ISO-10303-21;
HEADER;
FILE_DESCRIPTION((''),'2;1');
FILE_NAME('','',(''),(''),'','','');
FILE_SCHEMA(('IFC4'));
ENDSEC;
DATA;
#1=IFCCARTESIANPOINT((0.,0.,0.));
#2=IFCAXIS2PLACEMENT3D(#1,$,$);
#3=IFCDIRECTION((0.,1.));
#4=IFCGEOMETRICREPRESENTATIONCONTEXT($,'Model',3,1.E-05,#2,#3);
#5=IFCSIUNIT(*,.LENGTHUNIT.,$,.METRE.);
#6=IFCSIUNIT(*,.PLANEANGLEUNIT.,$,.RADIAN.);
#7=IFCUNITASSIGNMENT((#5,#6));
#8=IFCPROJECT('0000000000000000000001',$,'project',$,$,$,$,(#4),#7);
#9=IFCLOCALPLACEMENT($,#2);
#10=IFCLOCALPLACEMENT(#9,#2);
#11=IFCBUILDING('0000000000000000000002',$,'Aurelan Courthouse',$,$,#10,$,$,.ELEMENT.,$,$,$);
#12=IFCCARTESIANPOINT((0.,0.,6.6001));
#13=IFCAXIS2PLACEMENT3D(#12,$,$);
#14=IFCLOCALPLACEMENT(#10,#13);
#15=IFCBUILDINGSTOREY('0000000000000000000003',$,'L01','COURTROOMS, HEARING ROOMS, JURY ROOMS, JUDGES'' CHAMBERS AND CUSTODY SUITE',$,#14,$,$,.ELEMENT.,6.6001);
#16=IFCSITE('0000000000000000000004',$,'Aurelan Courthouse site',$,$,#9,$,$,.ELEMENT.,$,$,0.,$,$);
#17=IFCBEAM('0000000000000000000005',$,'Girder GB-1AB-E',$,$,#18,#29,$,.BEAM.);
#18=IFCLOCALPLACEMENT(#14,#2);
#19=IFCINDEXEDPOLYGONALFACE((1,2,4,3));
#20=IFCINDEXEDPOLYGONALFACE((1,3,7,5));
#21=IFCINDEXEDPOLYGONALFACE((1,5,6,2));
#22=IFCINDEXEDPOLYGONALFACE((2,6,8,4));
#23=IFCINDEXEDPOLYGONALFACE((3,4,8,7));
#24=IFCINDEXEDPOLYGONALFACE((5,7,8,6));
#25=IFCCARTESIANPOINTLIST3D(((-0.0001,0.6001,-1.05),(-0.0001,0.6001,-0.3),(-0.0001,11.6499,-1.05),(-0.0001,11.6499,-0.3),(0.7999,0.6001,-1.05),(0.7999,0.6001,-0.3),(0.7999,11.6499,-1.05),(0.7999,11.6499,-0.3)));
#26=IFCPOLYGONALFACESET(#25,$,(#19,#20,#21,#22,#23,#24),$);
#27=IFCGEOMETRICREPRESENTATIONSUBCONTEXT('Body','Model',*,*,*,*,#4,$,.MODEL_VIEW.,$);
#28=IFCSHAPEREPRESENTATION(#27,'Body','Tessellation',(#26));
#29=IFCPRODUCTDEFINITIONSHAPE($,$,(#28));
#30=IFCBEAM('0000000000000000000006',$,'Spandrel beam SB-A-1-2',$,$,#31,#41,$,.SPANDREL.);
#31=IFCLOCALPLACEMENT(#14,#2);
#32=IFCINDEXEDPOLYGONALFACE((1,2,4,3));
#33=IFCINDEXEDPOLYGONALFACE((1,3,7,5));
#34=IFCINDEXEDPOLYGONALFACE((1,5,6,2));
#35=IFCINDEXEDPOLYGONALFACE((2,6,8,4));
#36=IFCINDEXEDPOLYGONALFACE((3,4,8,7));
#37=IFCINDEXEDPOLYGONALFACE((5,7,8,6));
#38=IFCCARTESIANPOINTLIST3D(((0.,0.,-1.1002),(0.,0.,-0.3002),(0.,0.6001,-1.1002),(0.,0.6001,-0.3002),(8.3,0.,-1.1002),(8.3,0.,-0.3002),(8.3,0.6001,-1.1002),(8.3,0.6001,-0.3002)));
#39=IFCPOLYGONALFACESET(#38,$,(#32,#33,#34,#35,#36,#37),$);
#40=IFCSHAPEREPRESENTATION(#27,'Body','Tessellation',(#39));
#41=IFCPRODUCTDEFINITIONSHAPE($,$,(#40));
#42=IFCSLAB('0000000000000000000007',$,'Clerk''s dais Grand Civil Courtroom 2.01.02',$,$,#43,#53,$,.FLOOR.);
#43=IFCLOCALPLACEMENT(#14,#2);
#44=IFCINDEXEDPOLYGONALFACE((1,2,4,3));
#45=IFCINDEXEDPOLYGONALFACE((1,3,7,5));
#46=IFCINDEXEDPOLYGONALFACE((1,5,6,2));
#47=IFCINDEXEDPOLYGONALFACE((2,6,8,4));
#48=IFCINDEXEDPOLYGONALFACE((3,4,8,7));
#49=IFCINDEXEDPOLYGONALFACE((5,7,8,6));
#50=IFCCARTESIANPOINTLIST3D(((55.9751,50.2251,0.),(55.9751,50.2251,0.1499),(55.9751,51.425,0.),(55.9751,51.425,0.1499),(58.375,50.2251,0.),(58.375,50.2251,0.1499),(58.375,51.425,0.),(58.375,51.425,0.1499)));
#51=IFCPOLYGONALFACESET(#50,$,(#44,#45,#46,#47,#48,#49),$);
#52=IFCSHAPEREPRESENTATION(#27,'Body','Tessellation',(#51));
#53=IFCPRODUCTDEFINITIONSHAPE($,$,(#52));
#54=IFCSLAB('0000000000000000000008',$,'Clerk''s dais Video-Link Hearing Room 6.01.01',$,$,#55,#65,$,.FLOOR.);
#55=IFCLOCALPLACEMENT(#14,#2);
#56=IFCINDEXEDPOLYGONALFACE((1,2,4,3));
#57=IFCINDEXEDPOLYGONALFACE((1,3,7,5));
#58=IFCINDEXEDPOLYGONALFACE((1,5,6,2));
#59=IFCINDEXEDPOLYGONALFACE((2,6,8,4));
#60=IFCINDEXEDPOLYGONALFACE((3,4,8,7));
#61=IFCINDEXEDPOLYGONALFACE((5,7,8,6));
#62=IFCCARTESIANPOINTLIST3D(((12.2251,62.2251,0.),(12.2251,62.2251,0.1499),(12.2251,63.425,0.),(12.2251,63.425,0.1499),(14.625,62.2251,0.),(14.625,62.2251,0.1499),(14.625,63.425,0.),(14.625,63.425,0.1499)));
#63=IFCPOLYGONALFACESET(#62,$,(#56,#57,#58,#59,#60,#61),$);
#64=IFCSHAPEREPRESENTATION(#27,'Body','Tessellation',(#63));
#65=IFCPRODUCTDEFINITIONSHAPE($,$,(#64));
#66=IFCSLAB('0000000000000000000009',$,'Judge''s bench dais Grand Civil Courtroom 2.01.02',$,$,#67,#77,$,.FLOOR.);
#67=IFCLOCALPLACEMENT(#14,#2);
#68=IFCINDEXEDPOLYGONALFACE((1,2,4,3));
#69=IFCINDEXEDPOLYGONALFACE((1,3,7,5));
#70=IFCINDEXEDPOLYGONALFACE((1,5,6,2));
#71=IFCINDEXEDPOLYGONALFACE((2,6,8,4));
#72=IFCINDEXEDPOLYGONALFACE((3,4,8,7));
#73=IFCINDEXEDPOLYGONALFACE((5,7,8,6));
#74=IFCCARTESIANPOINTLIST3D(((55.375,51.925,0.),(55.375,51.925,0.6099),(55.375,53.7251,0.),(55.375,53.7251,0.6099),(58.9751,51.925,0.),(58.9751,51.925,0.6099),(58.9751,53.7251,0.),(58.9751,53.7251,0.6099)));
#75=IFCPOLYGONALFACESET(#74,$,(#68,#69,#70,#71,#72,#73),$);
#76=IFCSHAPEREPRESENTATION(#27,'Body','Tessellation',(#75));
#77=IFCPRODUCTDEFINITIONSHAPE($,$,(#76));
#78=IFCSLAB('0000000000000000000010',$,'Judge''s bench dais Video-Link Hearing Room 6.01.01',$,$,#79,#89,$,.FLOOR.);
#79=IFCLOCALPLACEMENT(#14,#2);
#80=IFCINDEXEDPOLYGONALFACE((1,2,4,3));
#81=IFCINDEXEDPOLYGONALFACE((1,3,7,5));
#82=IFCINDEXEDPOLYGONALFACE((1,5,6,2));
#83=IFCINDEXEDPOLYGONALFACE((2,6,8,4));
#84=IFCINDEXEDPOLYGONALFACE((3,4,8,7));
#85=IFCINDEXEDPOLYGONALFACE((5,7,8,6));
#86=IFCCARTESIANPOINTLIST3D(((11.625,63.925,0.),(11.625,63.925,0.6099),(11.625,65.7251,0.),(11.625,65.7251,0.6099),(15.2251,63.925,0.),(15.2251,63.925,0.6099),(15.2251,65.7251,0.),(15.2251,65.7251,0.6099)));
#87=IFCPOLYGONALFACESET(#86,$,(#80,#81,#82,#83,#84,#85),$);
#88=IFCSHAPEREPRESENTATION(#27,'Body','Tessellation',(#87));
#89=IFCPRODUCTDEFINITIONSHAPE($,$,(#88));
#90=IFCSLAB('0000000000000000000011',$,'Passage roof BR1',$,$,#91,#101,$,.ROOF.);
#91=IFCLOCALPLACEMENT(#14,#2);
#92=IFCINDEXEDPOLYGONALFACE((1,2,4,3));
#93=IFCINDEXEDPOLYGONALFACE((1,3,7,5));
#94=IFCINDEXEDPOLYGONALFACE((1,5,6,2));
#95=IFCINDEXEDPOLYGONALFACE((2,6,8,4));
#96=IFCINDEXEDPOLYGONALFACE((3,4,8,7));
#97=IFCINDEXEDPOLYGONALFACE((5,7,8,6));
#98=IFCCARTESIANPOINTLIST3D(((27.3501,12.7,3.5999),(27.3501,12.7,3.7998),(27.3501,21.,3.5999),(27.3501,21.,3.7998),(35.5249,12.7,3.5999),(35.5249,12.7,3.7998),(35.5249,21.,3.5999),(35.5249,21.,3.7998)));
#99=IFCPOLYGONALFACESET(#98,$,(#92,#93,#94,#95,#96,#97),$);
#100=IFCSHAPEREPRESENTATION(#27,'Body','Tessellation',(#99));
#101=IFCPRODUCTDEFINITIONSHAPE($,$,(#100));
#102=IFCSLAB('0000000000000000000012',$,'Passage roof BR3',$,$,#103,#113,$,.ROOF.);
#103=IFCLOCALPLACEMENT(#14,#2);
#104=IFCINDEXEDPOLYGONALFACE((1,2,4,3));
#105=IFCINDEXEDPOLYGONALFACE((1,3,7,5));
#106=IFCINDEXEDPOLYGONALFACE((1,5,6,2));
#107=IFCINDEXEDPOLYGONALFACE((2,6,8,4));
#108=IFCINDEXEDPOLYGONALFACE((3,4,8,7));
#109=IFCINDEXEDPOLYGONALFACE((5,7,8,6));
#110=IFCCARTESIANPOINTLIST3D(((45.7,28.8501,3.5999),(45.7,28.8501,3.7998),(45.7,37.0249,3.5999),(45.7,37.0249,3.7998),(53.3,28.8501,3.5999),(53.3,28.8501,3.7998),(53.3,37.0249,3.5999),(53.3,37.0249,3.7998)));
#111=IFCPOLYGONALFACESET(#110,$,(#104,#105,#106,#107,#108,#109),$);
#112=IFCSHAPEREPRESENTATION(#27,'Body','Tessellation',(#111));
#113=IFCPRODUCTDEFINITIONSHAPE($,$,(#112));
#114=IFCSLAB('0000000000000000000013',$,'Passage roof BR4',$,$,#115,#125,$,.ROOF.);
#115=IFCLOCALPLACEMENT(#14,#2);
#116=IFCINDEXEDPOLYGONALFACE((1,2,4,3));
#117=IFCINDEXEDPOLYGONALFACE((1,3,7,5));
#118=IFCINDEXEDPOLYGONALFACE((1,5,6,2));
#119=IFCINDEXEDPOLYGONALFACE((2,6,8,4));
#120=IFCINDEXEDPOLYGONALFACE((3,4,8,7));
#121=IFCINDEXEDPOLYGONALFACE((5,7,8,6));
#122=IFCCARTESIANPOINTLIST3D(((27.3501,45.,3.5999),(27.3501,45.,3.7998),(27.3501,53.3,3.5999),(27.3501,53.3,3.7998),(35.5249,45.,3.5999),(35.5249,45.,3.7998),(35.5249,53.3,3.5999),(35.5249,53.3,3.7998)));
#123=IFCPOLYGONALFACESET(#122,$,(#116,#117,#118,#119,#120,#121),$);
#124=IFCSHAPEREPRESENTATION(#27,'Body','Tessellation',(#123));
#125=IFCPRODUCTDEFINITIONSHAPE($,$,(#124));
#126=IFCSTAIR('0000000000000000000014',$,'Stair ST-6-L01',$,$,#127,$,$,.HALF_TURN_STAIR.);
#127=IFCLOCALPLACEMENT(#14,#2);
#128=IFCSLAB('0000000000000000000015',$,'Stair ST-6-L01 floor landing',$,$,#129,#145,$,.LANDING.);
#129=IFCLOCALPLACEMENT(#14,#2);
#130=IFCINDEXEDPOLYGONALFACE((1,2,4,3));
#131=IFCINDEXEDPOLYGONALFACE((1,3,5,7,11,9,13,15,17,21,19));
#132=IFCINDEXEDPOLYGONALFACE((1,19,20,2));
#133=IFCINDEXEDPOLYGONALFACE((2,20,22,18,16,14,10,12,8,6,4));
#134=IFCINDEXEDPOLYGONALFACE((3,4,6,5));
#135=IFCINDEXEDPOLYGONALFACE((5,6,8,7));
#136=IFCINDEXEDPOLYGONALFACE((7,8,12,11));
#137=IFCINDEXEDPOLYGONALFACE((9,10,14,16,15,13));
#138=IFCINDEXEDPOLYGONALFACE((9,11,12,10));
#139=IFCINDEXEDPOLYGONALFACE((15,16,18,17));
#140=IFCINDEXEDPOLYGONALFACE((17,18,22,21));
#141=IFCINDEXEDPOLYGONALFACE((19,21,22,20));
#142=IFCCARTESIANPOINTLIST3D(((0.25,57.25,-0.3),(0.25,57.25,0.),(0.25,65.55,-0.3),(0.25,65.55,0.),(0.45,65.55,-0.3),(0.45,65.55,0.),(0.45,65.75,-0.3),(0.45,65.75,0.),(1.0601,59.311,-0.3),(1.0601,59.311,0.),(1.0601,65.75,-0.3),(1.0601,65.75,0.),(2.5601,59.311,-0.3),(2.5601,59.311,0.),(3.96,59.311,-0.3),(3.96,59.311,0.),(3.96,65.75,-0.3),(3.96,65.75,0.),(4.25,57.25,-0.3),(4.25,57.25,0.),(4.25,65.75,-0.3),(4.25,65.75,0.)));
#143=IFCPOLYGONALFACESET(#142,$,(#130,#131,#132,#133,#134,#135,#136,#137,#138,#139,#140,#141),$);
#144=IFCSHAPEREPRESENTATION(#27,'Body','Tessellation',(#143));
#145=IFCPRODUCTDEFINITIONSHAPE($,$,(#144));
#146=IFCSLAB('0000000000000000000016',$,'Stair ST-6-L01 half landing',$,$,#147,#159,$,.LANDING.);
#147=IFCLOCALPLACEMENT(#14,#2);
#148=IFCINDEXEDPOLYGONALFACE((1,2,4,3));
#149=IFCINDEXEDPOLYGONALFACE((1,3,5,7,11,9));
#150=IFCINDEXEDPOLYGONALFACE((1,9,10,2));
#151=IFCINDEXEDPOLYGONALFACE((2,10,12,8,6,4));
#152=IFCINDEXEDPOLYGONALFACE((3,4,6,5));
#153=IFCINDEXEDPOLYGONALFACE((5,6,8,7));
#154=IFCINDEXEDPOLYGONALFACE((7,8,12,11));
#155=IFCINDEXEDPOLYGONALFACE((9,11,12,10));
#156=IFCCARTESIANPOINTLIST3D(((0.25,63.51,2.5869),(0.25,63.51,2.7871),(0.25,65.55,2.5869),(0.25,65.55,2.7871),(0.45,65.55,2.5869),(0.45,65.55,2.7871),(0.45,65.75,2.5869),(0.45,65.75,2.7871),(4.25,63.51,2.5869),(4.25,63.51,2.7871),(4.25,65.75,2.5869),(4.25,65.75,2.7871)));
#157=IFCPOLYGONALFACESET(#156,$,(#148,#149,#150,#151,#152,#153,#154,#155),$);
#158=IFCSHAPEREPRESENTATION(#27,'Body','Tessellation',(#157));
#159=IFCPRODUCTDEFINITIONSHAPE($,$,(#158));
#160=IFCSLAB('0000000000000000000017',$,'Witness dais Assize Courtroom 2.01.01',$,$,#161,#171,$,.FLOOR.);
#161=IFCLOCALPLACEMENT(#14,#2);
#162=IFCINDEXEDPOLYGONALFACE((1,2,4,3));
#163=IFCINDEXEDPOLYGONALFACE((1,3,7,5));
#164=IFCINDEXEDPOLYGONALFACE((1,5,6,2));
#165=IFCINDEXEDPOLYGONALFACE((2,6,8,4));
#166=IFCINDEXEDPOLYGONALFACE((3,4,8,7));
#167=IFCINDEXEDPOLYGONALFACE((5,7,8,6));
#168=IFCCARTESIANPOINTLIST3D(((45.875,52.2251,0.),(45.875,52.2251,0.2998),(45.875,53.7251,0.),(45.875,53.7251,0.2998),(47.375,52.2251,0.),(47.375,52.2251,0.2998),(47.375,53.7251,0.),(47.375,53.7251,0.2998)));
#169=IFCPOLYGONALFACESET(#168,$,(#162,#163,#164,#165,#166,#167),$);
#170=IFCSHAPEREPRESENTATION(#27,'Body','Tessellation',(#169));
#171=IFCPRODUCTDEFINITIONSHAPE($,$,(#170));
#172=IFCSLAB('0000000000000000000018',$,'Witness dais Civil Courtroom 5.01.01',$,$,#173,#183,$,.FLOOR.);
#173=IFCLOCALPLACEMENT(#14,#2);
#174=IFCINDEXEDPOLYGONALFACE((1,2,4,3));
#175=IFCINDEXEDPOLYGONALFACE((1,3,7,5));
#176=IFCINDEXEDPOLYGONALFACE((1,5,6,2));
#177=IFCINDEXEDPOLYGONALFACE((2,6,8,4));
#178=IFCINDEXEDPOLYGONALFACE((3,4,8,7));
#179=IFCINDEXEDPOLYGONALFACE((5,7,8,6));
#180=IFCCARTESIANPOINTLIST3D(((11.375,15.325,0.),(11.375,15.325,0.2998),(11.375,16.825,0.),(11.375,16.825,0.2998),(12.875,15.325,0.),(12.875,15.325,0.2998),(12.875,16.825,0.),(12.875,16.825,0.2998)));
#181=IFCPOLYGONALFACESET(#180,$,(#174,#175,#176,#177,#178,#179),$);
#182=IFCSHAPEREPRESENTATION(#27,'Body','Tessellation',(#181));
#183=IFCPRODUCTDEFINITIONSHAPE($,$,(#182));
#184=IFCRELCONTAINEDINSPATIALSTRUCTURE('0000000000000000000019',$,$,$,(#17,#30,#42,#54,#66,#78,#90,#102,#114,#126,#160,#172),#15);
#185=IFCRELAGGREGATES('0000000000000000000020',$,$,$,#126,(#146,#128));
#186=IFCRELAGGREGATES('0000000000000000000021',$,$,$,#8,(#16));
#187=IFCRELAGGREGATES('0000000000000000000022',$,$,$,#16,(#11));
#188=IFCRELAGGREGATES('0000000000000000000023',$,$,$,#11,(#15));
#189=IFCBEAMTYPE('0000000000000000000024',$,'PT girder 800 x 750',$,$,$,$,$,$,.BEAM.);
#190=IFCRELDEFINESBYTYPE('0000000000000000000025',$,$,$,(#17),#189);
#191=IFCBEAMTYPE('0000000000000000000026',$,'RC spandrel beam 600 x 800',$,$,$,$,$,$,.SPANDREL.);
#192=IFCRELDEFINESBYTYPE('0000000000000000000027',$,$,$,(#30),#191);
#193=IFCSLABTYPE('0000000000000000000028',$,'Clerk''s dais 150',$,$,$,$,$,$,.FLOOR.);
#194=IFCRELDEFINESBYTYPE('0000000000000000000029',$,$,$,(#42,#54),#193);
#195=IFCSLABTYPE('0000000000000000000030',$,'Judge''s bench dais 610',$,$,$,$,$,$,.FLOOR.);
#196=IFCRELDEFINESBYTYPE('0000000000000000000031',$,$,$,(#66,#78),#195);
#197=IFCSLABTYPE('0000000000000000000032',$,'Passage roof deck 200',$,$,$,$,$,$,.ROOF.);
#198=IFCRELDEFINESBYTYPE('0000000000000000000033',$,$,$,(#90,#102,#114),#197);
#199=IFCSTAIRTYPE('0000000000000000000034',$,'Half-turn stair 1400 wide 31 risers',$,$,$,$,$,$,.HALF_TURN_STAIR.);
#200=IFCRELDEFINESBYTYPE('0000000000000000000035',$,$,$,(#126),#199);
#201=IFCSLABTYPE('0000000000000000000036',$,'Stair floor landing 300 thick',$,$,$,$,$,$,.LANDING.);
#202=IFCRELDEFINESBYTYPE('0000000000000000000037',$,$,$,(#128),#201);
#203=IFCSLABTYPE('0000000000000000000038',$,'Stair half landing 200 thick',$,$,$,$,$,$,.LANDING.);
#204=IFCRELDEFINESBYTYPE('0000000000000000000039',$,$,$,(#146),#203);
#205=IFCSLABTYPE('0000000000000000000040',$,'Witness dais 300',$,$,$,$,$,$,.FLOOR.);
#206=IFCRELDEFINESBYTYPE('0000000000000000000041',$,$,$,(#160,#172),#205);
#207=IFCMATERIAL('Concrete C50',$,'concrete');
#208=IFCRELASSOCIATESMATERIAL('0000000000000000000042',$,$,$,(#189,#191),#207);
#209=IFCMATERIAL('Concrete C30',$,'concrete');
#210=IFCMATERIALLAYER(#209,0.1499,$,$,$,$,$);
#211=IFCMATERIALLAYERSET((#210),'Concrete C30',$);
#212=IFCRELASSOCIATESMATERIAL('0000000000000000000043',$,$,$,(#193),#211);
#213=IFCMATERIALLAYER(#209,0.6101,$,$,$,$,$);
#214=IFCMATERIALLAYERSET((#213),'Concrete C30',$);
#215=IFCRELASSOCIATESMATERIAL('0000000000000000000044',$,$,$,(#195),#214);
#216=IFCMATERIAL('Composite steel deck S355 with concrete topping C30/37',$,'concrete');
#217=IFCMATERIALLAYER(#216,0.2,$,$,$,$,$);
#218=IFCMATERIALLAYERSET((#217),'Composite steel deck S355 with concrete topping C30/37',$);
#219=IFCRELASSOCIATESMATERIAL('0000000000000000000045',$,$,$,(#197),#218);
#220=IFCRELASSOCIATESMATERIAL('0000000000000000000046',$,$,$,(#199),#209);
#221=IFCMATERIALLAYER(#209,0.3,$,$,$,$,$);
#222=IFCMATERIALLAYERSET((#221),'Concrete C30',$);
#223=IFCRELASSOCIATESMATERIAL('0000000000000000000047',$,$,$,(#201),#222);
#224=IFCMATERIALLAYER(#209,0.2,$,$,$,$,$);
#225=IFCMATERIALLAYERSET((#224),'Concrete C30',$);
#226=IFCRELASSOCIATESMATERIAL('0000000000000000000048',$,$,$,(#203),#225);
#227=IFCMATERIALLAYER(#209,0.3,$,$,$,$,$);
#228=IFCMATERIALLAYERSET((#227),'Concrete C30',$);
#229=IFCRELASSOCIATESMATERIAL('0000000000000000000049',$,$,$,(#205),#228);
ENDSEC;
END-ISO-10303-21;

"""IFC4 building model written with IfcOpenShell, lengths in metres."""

from ifc_helpers import new_model, si_unit, direction, frame, origin, origin_2d, place, context, subcontext, project, spatial, polyline, rectangle, outline, extrude, material, layer, layer_set, material_profile, profile_set, type_object, element, aggregate, save


model = new_model("IFC4")

# Units and contexts
model_context = context("Model", 3, precision=1e-05, world=origin(), true_north=direction((0.0, 1.0)))
body_context = subcontext(model_context, "Body", "Model", "MODEL_VIEW")
ifc_project = project(units=[si_unit("LENGTHUNIT", "METRE"), si_unit("PLANEANGLEUNIT", "RADIAN")], contexts=[model_context])

# Site, building, storey
site_placement = place(None, origin())
site = spatial("IfcSite", under=ifc_project, at=site_placement, Name="Aurelan Courthouse site", CompositionType="ELEMENT", RefElevation=0.0)
building_placement = place(site_placement, origin())
building = spatial("IfcBuilding", under=site, at=building_placement, Name="Aurelan Courthouse", CompositionType="ELEMENT")
storey_placement = place(building_placement, frame((0.0, 0.0, 6.6001)))
storey = spatial("IfcBuildingStorey", under=building, at=storey_placement, Name="L01", Description="COURTROOMS, HEARING ROOMS, JURY ROOMS, JUDGES' CHAMBERS AND CUSTODY SUITE", CompositionType="ELEMENT", Elevation=6.6001)

# Beams
ifc_material_1 = material(Name="Concrete C50", Category="concrete")
ifc_material_profile_1 = material_profile(ifc_material_1, rectangle(XDim=0.8, YDim=0.75, at=origin_2d()), Name="RC 800 x 750")
ifc_profile_set_1 = profile_set([ifc_material_profile_1], Name="Concrete C50")
beam_type_1 = type_object("IfcBeamType", Name="PT girder 800 x 750", PredefinedType="BEAM", material=ifc_profile_set_1)
beam_1_placement = place(storey_placement, frame((0.3999, 0.6001, -0.675), z_axis=(0.0, 1.0, 0.0), x_axis=(-1.0, 0.0, 0.0)))
element("IfcBeam", 1, at=beam_1_placement, inside=storey, type_object=beam_type_1, Name="Girder GB-1AB-E", PredefinedType="BEAM", context=body_context, shape_type="SweptSolid", body=[
    extrude(rectangle(XDim=0.8, YDim=0.75, at=origin_2d()), origin(), (0.0, 0.0, 1.0), 11.0498),
])
ifc_material_profile_2 = material_profile(ifc_material_1, rectangle(XDim=0.6001, YDim=0.8, at=origin_2d()), Name="RC 600 x 800")
ifc_profile_set_2 = profile_set([ifc_material_profile_2], Name="Concrete C50")
beam_type_2 = type_object("IfcBeamType", Name="RC spandrel beam 600 x 800", PredefinedType="SPANDREL", material=ifc_profile_set_2)
beam_2_placement = place(storey_placement, frame((0.0, 0.3, -0.7002), z_axis=(1.0, 0.0, 0.0), x_axis=(0.0, 1.0, 0.0)))
element("IfcBeam", 2, at=beam_2_placement, inside=storey, type_object=beam_type_2, Name="Spandrel beam SB-A-1-2", PredefinedType="SPANDREL", context=body_context, shape_type="SweptSolid", body=[
    extrude(rectangle(XDim=0.6001, YDim=0.8, at=origin_2d()), origin(), (0.0, 0.0, 1.0), 8.3),
])

# Slabs
ifc_material_2 = material(Name="Concrete C30", Category="concrete")
ifc_layer_1 = layer(ifc_material_2, 0.1499)
ifc_layer_set_1 = layer_set([ifc_layer_1], Name="Concrete C30")
slab_type_1 = type_object("IfcSlabType", Name="Clerk's dais 150", PredefinedType="FLOOR", material=ifc_layer_set_1)
slab_1_placement = place(storey_placement, origin())
element("IfcSlab", 3, at=slab_1_placement, inside=storey, type_object=slab_type_1, Name="Clerk's dais Grand Civil Courtroom 2.01.02", PredefinedType="FLOOR", context=body_context, shape_type="SweptSolid", body=[
    extrude(outline(polyline([(55.9751, 50.2251), (58.375, 50.2251), (58.375, 51.425), (55.9751, 51.425), (55.9751, 50.2251)])), origin(), (0.0, 0.0, 1.0), 0.1499),
])
slab_2_placement = place(storey_placement, origin())
element("IfcSlab", 4, at=slab_2_placement, inside=storey, type_object=slab_type_1, Name="Clerk's dais Video-Link Hearing Room 6.01.01", PredefinedType="FLOOR", context=body_context, shape_type="SweptSolid", body=[
    extrude(outline(polyline([(12.2251, 62.2251), (14.625, 62.2251), (14.625, 63.425), (12.2251, 63.425), (12.2251, 62.2251)])), origin(), (0.0, 0.0, 1.0), 0.1499),
])
ifc_layer_2 = layer(ifc_material_2, 0.6101)
ifc_layer_set_2 = layer_set([ifc_layer_2], Name="Concrete C30")
slab_type_2 = type_object("IfcSlabType", Name="Judge's bench dais 610", PredefinedType="FLOOR", material=ifc_layer_set_2)
slab_3_placement = place(storey_placement, origin())
element("IfcSlab", 5, at=slab_3_placement, inside=storey, type_object=slab_type_2, Name="Judge's bench dais Grand Civil Courtroom 2.01.02", PredefinedType="FLOOR", context=body_context, shape_type="SweptSolid", body=[
    extrude(outline(polyline([(55.375, 51.925), (58.9751, 51.925), (58.9751, 53.7251), (55.375, 53.7251), (55.375, 51.925)])), origin(), (0.0, 0.0, 1.0), 0.6099),
])
slab_4_placement = place(storey_placement, origin())
element("IfcSlab", 6, at=slab_4_placement, inside=storey, type_object=slab_type_2, Name="Judge's bench dais Video-Link Hearing Room 6.01.01", PredefinedType="FLOOR", context=body_context, shape_type="SweptSolid", body=[
    extrude(outline(polyline([(11.625, 63.925), (15.2251, 63.925), (15.2251, 65.7251), (11.625, 65.7251), (11.625, 63.925)])), origin(), (0.0, 0.0, 1.0), 0.6099),
])
ifc_material_3 = material(Name="Composite steel deck S355 with concrete topping C30/37", Category="concrete")
ifc_layer_3 = layer(ifc_material_3, 0.2)
ifc_layer_set_3 = layer_set([ifc_layer_3], Name="Composite steel deck S355 with concrete topping C30/37")
slab_type_3 = type_object("IfcSlabType", Name="Passage roof deck 200", PredefinedType="ROOF", material=ifc_layer_set_3)
slab_5_placement = place(storey_placement, frame((0.0, 0.0, 3.5999)))
element("IfcSlab", 7, at=slab_5_placement, inside=storey, type_object=slab_type_3, Name="Passage roof BR1", PredefinedType="ROOF", context=body_context, shape_type="SweptSolid", body=[
    extrude(outline(polyline([(27.3501, 12.7), (35.5249, 12.7), (35.5249, 21.0), (27.3501, 21.0), (27.3501, 12.7)])), origin(), (0.0, 0.0, 1.0), 0.2),
])
slab_6_placement = place(storey_placement, frame((0.0, 0.0, 3.5999)))
element("IfcSlab", 8, at=slab_6_placement, inside=storey, type_object=slab_type_3, Name="Passage roof BR3", PredefinedType="ROOF", context=body_context, shape_type="SweptSolid", body=[
    extrude(outline(polyline([(45.7, 28.8501), (53.3, 28.8501), (53.3, 37.0249), (45.7, 37.0249), (45.7, 28.8501)])), origin(), (0.0, 0.0, 1.0), 0.2),
])
slab_7_placement = place(storey_placement, frame((0.0, 0.0, 3.5999)))
element("IfcSlab", 9, at=slab_7_placement, inside=storey, type_object=slab_type_3, Name="Passage roof BR4", PredefinedType="ROOF", context=body_context, shape_type="SweptSolid", body=[
    extrude(outline(polyline([(27.3501, 45.0), (35.5249, 45.0), (35.5249, 53.3), (27.3501, 53.3), (27.3501, 45.0)])), origin(), (0.0, 0.0, 1.0), 0.2),
])

# Stair, slabs
stair_type = type_object("IfcStairType", Name="Half-turn stair 1400 wide 31 risers", PredefinedType="HALF_TURN_STAIR", material=ifc_material_2)
stair_placement = place(storey_placement, origin())
stair = element("IfcStair", 10, at=stair_placement, inside=storey, type_object=stair_type, Name="Stair ST-6-L01", PredefinedType="HALF_TURN_STAIR")
ifc_layer_4 = layer(ifc_material_2, 0.3)
ifc_layer_set_4 = layer_set([ifc_layer_4], Name="Concrete C30")
slab_type_4 = type_object("IfcSlabType", Name="Stair floor landing 300 thick", PredefinedType="LANDING", material=ifc_layer_set_4)
slab_8_placement = place(storey_placement, frame((0.0, 0.0, -0.3)))
slab_8 = element("IfcSlab", 11, at=slab_8_placement, type_object=slab_type_4, Name="Stair ST-6-L01 floor landing", PredefinedType="LANDING", context=body_context, shape_type="SweptSolid", body=[
    extrude(outline(polyline([(1.0601, 59.311), (2.5601, 59.311), (3.96, 59.311), (3.96, 65.75), (4.25, 65.75), (4.25, 57.25), (0.25, 57.25), (0.25, 65.55), (0.45, 65.55), (0.45, 65.75), (1.0601, 65.75), (1.0601, 59.311)])), origin(), (0.0, 0.0, 1.0), 0.3),
])
ifc_layer_5 = layer(ifc_material_2, 0.2)
ifc_layer_set_5 = layer_set([ifc_layer_5], Name="Concrete C30")
slab_type_5 = type_object("IfcSlabType", Name="Stair half landing 200 thick", PredefinedType="LANDING", material=ifc_layer_set_5)
slab_9_placement = place(storey_placement, frame((0.0, 0.0, 2.5869)))
slab_9 = element("IfcSlab", 12, at=slab_9_placement, type_object=slab_type_5, Name="Stair ST-6-L01 half landing", PredefinedType="LANDING", context=body_context, shape_type="SweptSolid", body=[
    extrude(outline(polyline([(0.25, 65.55), (0.45, 65.55), (0.45, 65.75), (4.25, 65.75), (4.25, 63.51), (0.25, 63.51), (0.25, 65.55)])), origin(), (0.0, 0.0, 1.0), 0.2002),
])
aggregate(stair, [slab_9, slab_8])

# Slabs
ifc_layer_6 = layer(ifc_material_2, 0.3)
ifc_layer_set_6 = layer_set([ifc_layer_6], Name="Concrete C30")
slab_type_6 = type_object("IfcSlabType", Name="Witness dais 300", PredefinedType="FLOOR", material=ifc_layer_set_6)
slab_10_placement = place(storey_placement, origin())
element("IfcSlab", 13, at=slab_10_placement, inside=storey, type_object=slab_type_6, Name="Witness dais Assize Courtroom 2.01.01", PredefinedType="FLOOR", context=body_context, shape_type="SweptSolid", body=[
    extrude(outline(polyline([(45.875, 52.2251), (47.375, 52.2251), (47.375, 53.7251), (45.875, 53.7251), (45.875, 52.2251)])), origin(), (0.0, 0.0, 1.0), 0.2998),
])
slab_11_placement = place(storey_placement, origin())
element("IfcSlab", 14, at=slab_11_placement, inside=storey, type_object=slab_type_6, Name="Witness dais Civil Courtroom 5.01.01", PredefinedType="FLOOR", context=body_context, shape_type="SweptSolid", body=[
    extrude(outline(polyline([(11.375, 15.325), (12.875, 15.325), (12.875, 16.825), (11.375, 16.825), (11.375, 15.325)])), origin(), (0.0, 0.0, 1.0), 0.2998),
])

save(model, "model.ifc")
